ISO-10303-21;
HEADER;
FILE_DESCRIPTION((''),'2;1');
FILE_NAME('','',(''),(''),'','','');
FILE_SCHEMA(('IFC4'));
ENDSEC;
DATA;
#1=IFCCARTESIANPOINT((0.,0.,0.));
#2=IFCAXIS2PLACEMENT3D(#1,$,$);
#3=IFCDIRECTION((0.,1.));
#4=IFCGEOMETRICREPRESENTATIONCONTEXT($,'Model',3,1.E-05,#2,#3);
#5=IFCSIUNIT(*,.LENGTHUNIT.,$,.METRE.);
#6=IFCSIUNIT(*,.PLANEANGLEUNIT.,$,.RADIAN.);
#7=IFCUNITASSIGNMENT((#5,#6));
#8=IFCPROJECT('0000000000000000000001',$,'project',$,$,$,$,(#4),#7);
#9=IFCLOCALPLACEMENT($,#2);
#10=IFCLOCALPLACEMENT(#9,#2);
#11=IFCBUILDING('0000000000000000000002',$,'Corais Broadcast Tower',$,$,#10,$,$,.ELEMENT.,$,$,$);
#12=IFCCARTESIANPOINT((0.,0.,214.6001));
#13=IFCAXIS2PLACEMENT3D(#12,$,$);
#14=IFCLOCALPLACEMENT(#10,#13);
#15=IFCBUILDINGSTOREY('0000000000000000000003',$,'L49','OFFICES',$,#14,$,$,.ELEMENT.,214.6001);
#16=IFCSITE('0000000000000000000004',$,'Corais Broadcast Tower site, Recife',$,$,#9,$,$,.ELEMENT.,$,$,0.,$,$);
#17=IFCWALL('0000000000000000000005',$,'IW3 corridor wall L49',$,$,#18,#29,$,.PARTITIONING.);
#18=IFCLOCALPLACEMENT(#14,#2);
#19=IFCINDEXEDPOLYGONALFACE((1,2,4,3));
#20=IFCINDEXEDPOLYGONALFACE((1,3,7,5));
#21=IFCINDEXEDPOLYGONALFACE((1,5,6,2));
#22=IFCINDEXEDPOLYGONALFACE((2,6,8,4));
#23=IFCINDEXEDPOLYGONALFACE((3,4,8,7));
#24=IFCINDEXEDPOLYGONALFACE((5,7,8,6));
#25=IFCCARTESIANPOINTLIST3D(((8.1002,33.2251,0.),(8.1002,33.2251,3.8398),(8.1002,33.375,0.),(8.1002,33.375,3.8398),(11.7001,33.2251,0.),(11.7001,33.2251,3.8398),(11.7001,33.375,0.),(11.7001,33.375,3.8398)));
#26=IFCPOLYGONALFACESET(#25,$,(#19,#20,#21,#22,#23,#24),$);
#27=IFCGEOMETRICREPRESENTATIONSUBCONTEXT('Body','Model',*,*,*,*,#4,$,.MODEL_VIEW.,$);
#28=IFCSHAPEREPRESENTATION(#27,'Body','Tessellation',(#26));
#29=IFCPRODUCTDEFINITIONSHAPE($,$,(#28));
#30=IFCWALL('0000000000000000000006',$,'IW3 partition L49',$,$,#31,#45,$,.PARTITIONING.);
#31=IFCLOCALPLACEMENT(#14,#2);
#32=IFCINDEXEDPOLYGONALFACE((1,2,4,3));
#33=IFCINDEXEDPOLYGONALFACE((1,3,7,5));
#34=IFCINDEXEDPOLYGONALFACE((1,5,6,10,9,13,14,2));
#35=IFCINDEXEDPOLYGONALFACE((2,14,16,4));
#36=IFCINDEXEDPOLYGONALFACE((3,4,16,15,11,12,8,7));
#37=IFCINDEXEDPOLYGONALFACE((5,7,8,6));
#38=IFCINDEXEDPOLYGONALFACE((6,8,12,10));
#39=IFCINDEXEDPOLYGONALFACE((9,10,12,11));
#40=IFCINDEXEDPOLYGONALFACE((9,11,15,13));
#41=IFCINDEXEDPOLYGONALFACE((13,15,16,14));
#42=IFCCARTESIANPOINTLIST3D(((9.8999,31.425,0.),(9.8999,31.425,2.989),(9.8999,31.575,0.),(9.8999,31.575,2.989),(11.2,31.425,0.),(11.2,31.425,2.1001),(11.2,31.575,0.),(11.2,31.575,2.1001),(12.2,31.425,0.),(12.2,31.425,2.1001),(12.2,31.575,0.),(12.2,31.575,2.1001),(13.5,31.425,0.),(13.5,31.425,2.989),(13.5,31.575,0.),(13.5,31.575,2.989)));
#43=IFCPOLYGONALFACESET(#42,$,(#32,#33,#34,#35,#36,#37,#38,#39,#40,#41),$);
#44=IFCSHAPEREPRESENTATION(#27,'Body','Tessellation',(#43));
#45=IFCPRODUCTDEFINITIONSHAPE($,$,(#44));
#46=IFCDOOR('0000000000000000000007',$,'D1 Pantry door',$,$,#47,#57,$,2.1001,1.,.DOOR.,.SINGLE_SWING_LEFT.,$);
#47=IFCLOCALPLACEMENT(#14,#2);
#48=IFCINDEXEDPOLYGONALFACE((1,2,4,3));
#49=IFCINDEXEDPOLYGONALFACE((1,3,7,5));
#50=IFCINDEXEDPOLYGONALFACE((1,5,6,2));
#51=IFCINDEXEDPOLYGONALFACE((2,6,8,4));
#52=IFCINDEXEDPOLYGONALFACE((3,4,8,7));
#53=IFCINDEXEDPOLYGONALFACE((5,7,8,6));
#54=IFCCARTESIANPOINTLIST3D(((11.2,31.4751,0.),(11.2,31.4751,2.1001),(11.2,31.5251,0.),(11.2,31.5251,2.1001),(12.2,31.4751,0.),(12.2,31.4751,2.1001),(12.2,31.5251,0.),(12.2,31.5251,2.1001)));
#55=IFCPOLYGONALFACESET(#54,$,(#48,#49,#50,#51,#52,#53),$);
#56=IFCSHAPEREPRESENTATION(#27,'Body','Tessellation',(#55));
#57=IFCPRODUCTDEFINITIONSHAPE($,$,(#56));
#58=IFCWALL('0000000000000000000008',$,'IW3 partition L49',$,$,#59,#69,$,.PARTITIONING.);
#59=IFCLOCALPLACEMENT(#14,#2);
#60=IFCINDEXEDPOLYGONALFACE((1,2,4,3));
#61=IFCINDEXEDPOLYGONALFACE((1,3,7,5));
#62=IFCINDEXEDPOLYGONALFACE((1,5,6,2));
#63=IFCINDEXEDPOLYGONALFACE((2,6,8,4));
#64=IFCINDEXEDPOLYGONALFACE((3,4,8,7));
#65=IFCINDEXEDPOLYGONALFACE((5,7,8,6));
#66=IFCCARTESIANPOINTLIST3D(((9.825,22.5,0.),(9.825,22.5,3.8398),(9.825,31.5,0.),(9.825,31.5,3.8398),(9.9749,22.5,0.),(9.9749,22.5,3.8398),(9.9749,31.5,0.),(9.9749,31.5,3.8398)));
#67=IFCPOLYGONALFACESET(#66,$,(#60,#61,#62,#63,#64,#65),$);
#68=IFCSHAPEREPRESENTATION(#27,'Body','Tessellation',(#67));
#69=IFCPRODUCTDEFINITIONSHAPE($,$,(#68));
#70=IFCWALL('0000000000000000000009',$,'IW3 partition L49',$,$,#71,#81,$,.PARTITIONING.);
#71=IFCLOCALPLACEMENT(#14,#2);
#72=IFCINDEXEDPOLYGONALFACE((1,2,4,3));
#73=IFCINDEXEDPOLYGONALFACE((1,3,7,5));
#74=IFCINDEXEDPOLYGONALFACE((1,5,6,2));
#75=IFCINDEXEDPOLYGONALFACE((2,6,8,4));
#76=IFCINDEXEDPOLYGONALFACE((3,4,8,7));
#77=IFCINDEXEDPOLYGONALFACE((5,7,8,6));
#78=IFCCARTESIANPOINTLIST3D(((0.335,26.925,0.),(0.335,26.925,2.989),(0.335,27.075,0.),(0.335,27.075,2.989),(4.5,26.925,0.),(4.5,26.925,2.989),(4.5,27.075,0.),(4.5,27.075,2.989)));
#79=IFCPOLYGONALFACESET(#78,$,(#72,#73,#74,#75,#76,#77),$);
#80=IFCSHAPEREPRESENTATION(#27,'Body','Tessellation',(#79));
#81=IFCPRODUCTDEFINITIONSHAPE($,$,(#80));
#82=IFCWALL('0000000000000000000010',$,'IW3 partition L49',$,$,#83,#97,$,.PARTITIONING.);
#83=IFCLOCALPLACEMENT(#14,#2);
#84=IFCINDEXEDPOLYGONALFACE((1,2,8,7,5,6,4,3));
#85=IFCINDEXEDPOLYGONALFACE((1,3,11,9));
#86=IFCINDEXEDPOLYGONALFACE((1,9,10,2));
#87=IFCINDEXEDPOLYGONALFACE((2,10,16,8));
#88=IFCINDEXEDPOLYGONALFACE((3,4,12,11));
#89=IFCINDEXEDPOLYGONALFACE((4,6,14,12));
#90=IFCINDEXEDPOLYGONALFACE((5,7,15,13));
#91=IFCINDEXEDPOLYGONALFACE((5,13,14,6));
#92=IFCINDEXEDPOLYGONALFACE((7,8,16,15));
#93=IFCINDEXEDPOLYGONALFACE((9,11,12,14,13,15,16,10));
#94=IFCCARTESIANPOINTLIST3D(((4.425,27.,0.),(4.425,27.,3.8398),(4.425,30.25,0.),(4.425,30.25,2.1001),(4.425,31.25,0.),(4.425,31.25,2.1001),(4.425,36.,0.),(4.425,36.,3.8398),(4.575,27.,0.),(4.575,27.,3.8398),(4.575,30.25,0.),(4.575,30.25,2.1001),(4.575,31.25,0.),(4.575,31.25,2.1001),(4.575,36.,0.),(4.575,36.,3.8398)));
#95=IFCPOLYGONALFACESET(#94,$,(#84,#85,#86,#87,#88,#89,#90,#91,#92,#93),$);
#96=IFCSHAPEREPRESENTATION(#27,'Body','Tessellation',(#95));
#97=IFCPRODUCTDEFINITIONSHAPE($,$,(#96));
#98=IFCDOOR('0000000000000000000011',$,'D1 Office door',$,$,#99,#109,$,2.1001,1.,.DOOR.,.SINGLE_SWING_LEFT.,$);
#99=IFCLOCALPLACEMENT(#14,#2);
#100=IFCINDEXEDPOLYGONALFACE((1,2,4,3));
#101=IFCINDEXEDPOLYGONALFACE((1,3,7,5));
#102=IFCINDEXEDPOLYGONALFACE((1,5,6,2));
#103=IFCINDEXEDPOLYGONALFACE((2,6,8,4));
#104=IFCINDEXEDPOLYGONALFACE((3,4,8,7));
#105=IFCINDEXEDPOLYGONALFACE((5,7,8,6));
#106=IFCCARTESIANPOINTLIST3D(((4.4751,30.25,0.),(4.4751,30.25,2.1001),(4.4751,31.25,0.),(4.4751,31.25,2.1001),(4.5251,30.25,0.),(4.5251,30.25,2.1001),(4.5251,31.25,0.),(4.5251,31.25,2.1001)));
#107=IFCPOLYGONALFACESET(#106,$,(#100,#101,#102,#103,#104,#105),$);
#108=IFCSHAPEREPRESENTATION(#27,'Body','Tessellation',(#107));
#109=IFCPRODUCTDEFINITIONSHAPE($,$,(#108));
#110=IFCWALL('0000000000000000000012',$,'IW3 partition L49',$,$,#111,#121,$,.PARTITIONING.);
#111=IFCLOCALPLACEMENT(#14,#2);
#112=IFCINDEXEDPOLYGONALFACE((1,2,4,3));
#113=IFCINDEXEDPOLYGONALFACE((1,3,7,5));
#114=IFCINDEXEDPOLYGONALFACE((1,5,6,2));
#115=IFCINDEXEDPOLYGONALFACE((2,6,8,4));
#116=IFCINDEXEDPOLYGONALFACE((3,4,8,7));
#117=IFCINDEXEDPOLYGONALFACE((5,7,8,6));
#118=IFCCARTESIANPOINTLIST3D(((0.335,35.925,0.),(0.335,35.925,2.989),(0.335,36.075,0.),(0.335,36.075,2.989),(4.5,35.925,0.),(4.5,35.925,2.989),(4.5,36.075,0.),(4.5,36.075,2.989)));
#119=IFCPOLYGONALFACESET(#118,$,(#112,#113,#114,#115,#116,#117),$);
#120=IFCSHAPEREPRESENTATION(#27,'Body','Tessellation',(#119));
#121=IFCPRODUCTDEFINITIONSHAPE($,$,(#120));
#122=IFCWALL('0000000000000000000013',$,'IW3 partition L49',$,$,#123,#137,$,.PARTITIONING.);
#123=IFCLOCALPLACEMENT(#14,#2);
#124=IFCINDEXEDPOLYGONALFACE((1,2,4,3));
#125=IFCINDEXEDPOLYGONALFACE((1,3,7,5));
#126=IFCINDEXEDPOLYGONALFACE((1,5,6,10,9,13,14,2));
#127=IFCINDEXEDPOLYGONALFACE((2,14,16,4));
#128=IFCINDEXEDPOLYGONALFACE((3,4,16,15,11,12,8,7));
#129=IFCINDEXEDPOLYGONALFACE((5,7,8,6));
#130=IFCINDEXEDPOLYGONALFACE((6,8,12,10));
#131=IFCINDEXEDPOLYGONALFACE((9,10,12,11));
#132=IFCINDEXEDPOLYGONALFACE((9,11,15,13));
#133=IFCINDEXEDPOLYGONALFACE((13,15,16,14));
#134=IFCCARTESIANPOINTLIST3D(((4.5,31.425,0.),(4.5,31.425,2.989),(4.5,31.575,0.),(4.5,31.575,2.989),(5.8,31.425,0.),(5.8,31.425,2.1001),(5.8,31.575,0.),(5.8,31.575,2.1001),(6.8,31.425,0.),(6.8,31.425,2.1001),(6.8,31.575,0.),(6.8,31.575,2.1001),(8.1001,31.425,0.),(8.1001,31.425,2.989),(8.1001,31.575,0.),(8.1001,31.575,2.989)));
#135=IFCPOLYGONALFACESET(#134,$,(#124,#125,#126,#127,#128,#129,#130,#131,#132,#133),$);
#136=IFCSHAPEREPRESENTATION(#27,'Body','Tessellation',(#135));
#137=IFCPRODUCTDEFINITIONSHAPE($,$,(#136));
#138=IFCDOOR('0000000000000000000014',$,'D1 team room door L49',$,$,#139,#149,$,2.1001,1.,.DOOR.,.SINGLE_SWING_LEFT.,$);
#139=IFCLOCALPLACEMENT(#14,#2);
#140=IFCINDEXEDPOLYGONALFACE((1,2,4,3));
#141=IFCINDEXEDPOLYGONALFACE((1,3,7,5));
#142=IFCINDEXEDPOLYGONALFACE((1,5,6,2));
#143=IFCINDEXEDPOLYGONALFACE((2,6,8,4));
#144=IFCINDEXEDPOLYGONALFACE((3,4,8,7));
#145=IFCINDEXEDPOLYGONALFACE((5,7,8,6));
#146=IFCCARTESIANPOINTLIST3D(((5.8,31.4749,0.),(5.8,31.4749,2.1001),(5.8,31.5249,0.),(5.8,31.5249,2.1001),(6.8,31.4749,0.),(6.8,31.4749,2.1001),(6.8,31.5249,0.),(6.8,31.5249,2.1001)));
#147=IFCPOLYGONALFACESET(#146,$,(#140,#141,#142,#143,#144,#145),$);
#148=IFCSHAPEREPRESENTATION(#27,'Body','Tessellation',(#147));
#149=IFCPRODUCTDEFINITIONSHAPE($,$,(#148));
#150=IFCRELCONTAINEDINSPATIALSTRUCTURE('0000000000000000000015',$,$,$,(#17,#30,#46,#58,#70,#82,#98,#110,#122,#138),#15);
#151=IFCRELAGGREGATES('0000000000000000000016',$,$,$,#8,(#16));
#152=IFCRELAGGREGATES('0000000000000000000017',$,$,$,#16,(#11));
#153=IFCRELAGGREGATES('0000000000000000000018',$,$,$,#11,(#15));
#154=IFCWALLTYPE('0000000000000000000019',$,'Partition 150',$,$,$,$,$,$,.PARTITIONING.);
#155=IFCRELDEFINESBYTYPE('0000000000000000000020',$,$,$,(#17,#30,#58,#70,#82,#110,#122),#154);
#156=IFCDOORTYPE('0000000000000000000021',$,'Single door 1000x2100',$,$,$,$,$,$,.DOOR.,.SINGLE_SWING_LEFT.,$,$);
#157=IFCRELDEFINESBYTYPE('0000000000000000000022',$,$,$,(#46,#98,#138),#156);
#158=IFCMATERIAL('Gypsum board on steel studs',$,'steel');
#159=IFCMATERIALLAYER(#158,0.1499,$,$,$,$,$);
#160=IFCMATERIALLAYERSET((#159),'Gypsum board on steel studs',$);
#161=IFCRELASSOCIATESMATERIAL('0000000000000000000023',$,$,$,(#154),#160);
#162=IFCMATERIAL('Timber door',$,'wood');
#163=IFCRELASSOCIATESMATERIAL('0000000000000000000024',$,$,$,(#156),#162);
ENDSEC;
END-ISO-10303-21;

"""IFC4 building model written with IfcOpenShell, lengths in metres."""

from ifc_helpers import new_model, si_unit, direction, frame, frame_2d, origin, place, context, subcontext, project, spatial, rectangle, extrude, material, layer, layer_set, type_object, element, fill, save


model = new_model("IFC4")

# Units and contexts
model_context = context("Model", 3, precision=1e-05, world=origin(), true_north=direction((0.0, 1.0)))
body_context = subcontext(model_context, "Body", "Model", "MODEL_VIEW")
ifc_project = project(units=[si_unit("LENGTHUNIT", "METRE"), si_unit("PLANEANGLEUNIT", "RADIAN")], contexts=[model_context])

# Site, building, storey
site_placement = place(None, origin())
site = spatial("IfcSite", under=ifc_project, at=site_placement, Name="Corais Broadcast Tower site, Recife", CompositionType="ELEMENT", RefElevation=0.0)
building_placement = place(site_placement, origin())
building = spatial("IfcBuilding", under=site, at=building_placement, Name="Corais Broadcast Tower", CompositionType="ELEMENT")
storey_placement = place(building_placement, frame((0.0, 0.0, 214.6001)))
storey = spatial("IfcBuildingStorey", under=building, at=storey_placement, Name="L49", Description="OFFICES", CompositionType="ELEMENT", Elevation=214.6001)

# Shared definitions
ifc_material_1 = material(Name="Gypsum board on steel studs", Category="steel")
ifc_layer_1 = layer(ifc_material_1, 0.1499)
ifc_layer_set_1 = layer_set([ifc_layer_1], Name="Gypsum board on steel studs")
wall_type_1 = type_object("IfcWallType", Name="Partition 150", PredefinedType="PARTITIONING", material=ifc_layer_set_1)
ifc_material_2 = material(Name="Timber door", Category="wood")
door_type_1 = type_object("IfcDoorType", Name="Single door 1000x2100", OperationType="SINGLE_SWING_LEFT", PredefinedType="DOOR", material=ifc_material_2)

# Wall
wall_1_placement = place(storey_placement, frame((11.7, 33.3, 0.0), z_axis=(0.0, 0.0, 1.0), x_axis=(-1.0, 0.0, 0.0)))
element("IfcWall", 1, at=wall_1_placement, inside=storey, type_object=wall_type_1, Name="IW3 corridor wall L49", PredefinedType="PARTITIONING", context=body_context, shape_type="SweptSolid", body=[
    extrude(rectangle(XDim=3.5999, YDim=0.1499, at=frame_2d((1.7998, 0.0))), origin(), (0.0, 0.0, 1.0), 3.8398),
])

# Wall, opening, door
wall_2_placement = place(storey_placement, frame((13.5, 31.5, 0.0), z_axis=(0.0, 0.0, 1.0), x_axis=(-1.0, 0.0, 0.0)))
wall_2 = element("IfcWall", 2, at=wall_2_placement, inside=storey, type_object=wall_type_1, Name="IW3 partition L49", PredefinedType="PARTITIONING", context=body_context, shape_type="SweptSolid", body=[
    extrude(rectangle(XDim=3.6001, YDim=0.1499, at=frame_2d((1.8, 0.0))), origin(), (0.0, 0.0, 1.0), 2.989),
])
opening_1_placement = place(wall_2_placement, frame((1.3, 0.0, 0.0)))
opening_1 = element("IfcOpeningElement", 3, at=opening_1_placement, cuts=wall_2, PredefinedType="OPENING", context=body_context, shape_type="SweptSolid", body=[
    extrude(rectangle(XDim=1.0, YDim=2.1001, at=frame_2d((0.5, 1.05))), frame((0.0, 0.085, 0.0), z_axis=(0.0, -1.0, 0.0), x_axis=(1.0, 0.0, 0.0)), (0.0, 0.0, 1.0), 0.1699),
])
door_1_placement = place(opening_1_placement, origin())
door_1 = element("IfcDoor", 4, at=door_1_placement, inside=storey, type_object=door_type_1, Name="D1 Pantry door", OperationType="SINGLE_SWING_LEFT", OverallHeight=2.1001, OverallWidth=1.0, PredefinedType="DOOR", context=body_context, shape_type="SweptSolid", body=[
    extrude(rectangle(XDim=1.0, YDim=2.1001, at=frame_2d((0.5, 1.05))), frame((0.0, 0.0249, 0.0), z_axis=(0.0, -1.0, 0.0), x_axis=(1.0, 0.0, 0.0)), (0.0, 0.0, 1.0), 0.05),
])
fill(opening_1, door_1)

# Walls
wall_3_placement = place(storey_placement, frame((9.8999, 31.5, 0.0), z_axis=(0.0, 0.0, 1.0), x_axis=(0.0, -1.0, 0.0)))
element("IfcWall", 5, at=wall_3_placement, inside=storey, type_object=wall_type_1, Name="IW3 partition L49", PredefinedType="PARTITIONING", context=body_context, shape_type="SweptSolid", body=[
    extrude(rectangle(XDim=9.0, YDim=0.1499, at=frame_2d((4.5, 0.0))), origin(), (0.0, 0.0, 1.0), 3.8398),
])
wall_4_placement = place(storey_placement, frame((4.5, 27.0, 0.0), z_axis=(0.0, 0.0, 1.0), x_axis=(-1.0, 0.0, 0.0)))
element("IfcWall", 6, at=wall_4_placement, inside=storey, type_object=wall_type_1, Name="IW3 partition L49", PredefinedType="PARTITIONING", context=body_context, shape_type="SweptSolid", body=[
    extrude(rectangle(XDim=4.165, YDim=0.1499, at=frame_2d((2.0825, 0.0))), origin(), (0.0, 0.0, 1.0), 2.989),
])

# Wall, opening, door
wall_5_placement = place(storey_placement, frame((4.5, 27.0, 0.0), z_axis=(0.0, 0.0, 1.0), x_axis=(0.0, 1.0, 0.0)))
wall_5 = element("IfcWall", 7, at=wall_5_placement, inside=storey, type_object=wall_type_1, Name="IW3 partition L49", PredefinedType="PARTITIONING", context=body_context, shape_type="SweptSolid", body=[
    extrude(rectangle(XDim=9.0, YDim=0.1499, at=frame_2d((4.5, 0.0))), origin(), (0.0, 0.0, 1.0), 3.8398),
])
opening_2_placement = place(wall_5_placement, frame((3.25, 0.0, 0.0)))
opening_2 = element("IfcOpeningElement", 8, at=opening_2_placement, cuts=wall_5, PredefinedType="OPENING", context=body_context, shape_type="SweptSolid", body=[
    extrude(rectangle(XDim=1.0, YDim=2.1001, at=frame_2d((0.5, 1.05))), frame((0.0, 0.085, 0.0), z_axis=(0.0, -1.0, 0.0), x_axis=(1.0, 0.0, 0.0)), (0.0, 0.0, 1.0), 0.1699),
])
door_2_placement = place(opening_2_placement, origin())
door_2 = element("IfcDoor", 9, at=door_2_placement, inside=storey, type_object=door_type_1, Name="D1 Office door", OperationType="SINGLE_SWING_LEFT", OverallHeight=2.1001, OverallWidth=1.0, PredefinedType="DOOR", context=body_context, shape_type="SweptSolid", body=[
    extrude(rectangle(XDim=1.0, YDim=2.1001, at=frame_2d((0.5, 1.05))), frame((0.0, 0.0249, 0.0), z_axis=(0.0, -1.0, 0.0), x_axis=(1.0, 0.0, 0.0)), (0.0, 0.0, 1.0), 0.05),
])
fill(opening_2, door_2)

# Wall
wall_6_placement = place(storey_placement, frame((4.5, 36.0, 0.0), z_axis=(0.0, 0.0, 1.0), x_axis=(-1.0, 0.0, 0.0)))
element("IfcWall", 10, at=wall_6_placement, inside=storey, type_object=wall_type_1, Name="IW3 partition L49", PredefinedType="PARTITIONING", context=body_context, shape_type="SweptSolid", body=[
    extrude(rectangle(XDim=4.165, YDim=0.1499, at=frame_2d((2.0825, 0.0))), origin(), (0.0, 0.0, 1.0), 2.989),
])

# Wall, opening, door
wall_7_placement = place(storey_placement, frame((4.5, 31.5, 0.0), z_axis=(0.0, 0.0, 1.0), x_axis=(1.0, 0.0, 0.0)))
wall_7 = element("IfcWall", 11, at=wall_7_placement, inside=storey, type_object=wall_type_1, Name="IW3 partition L49", PredefinedType="PARTITIONING", context=body_context, shape_type="SweptSolid", body=[
    extrude(rectangle(XDim=3.6001, YDim=0.1499, at=frame_2d((1.8, 0.0))), origin(), (0.0, 0.0, 1.0), 2.989),
])
opening_3_placement = place(wall_7_placement, frame((1.3, 0.0, 0.0)))
opening_3 = element("IfcOpeningElement", 12, at=opening_3_placement, cuts=wall_7, PredefinedType="OPENING", context=body_context, shape_type="SweptSolid", body=[
    extrude(rectangle(XDim=1.0, YDim=2.1001, at=frame_2d((0.5, 1.05))), frame((0.0, 0.085, 0.0), z_axis=(0.0, -1.0, 0.0), x_axis=(1.0, 0.0, 0.0)), (0.0, 0.0, 1.0), 0.1699),
])
door_3_placement = place(opening_3_placement, origin())
door_3 = element("IfcDoor", 13, at=door_3_placement, inside=storey, type_object=door_type_1, Name="D1 team room door L49", OperationType="SINGLE_SWING_LEFT", OverallHeight=2.1001, OverallWidth=1.0, PredefinedType="DOOR", context=body_context, shape_type="SweptSolid", body=[
    extrude(rectangle(XDim=1.0, YDim=2.1001, at=frame_2d((0.5, 1.05))), frame((0.0, 0.0249, 0.0), z_axis=(0.0, -1.0, 0.0), x_axis=(1.0, 0.0, 0.0)), (0.0, 0.0, 1.0), 0.05),
])
fill(opening_3, door_3)

save(model, "model.ifc")
